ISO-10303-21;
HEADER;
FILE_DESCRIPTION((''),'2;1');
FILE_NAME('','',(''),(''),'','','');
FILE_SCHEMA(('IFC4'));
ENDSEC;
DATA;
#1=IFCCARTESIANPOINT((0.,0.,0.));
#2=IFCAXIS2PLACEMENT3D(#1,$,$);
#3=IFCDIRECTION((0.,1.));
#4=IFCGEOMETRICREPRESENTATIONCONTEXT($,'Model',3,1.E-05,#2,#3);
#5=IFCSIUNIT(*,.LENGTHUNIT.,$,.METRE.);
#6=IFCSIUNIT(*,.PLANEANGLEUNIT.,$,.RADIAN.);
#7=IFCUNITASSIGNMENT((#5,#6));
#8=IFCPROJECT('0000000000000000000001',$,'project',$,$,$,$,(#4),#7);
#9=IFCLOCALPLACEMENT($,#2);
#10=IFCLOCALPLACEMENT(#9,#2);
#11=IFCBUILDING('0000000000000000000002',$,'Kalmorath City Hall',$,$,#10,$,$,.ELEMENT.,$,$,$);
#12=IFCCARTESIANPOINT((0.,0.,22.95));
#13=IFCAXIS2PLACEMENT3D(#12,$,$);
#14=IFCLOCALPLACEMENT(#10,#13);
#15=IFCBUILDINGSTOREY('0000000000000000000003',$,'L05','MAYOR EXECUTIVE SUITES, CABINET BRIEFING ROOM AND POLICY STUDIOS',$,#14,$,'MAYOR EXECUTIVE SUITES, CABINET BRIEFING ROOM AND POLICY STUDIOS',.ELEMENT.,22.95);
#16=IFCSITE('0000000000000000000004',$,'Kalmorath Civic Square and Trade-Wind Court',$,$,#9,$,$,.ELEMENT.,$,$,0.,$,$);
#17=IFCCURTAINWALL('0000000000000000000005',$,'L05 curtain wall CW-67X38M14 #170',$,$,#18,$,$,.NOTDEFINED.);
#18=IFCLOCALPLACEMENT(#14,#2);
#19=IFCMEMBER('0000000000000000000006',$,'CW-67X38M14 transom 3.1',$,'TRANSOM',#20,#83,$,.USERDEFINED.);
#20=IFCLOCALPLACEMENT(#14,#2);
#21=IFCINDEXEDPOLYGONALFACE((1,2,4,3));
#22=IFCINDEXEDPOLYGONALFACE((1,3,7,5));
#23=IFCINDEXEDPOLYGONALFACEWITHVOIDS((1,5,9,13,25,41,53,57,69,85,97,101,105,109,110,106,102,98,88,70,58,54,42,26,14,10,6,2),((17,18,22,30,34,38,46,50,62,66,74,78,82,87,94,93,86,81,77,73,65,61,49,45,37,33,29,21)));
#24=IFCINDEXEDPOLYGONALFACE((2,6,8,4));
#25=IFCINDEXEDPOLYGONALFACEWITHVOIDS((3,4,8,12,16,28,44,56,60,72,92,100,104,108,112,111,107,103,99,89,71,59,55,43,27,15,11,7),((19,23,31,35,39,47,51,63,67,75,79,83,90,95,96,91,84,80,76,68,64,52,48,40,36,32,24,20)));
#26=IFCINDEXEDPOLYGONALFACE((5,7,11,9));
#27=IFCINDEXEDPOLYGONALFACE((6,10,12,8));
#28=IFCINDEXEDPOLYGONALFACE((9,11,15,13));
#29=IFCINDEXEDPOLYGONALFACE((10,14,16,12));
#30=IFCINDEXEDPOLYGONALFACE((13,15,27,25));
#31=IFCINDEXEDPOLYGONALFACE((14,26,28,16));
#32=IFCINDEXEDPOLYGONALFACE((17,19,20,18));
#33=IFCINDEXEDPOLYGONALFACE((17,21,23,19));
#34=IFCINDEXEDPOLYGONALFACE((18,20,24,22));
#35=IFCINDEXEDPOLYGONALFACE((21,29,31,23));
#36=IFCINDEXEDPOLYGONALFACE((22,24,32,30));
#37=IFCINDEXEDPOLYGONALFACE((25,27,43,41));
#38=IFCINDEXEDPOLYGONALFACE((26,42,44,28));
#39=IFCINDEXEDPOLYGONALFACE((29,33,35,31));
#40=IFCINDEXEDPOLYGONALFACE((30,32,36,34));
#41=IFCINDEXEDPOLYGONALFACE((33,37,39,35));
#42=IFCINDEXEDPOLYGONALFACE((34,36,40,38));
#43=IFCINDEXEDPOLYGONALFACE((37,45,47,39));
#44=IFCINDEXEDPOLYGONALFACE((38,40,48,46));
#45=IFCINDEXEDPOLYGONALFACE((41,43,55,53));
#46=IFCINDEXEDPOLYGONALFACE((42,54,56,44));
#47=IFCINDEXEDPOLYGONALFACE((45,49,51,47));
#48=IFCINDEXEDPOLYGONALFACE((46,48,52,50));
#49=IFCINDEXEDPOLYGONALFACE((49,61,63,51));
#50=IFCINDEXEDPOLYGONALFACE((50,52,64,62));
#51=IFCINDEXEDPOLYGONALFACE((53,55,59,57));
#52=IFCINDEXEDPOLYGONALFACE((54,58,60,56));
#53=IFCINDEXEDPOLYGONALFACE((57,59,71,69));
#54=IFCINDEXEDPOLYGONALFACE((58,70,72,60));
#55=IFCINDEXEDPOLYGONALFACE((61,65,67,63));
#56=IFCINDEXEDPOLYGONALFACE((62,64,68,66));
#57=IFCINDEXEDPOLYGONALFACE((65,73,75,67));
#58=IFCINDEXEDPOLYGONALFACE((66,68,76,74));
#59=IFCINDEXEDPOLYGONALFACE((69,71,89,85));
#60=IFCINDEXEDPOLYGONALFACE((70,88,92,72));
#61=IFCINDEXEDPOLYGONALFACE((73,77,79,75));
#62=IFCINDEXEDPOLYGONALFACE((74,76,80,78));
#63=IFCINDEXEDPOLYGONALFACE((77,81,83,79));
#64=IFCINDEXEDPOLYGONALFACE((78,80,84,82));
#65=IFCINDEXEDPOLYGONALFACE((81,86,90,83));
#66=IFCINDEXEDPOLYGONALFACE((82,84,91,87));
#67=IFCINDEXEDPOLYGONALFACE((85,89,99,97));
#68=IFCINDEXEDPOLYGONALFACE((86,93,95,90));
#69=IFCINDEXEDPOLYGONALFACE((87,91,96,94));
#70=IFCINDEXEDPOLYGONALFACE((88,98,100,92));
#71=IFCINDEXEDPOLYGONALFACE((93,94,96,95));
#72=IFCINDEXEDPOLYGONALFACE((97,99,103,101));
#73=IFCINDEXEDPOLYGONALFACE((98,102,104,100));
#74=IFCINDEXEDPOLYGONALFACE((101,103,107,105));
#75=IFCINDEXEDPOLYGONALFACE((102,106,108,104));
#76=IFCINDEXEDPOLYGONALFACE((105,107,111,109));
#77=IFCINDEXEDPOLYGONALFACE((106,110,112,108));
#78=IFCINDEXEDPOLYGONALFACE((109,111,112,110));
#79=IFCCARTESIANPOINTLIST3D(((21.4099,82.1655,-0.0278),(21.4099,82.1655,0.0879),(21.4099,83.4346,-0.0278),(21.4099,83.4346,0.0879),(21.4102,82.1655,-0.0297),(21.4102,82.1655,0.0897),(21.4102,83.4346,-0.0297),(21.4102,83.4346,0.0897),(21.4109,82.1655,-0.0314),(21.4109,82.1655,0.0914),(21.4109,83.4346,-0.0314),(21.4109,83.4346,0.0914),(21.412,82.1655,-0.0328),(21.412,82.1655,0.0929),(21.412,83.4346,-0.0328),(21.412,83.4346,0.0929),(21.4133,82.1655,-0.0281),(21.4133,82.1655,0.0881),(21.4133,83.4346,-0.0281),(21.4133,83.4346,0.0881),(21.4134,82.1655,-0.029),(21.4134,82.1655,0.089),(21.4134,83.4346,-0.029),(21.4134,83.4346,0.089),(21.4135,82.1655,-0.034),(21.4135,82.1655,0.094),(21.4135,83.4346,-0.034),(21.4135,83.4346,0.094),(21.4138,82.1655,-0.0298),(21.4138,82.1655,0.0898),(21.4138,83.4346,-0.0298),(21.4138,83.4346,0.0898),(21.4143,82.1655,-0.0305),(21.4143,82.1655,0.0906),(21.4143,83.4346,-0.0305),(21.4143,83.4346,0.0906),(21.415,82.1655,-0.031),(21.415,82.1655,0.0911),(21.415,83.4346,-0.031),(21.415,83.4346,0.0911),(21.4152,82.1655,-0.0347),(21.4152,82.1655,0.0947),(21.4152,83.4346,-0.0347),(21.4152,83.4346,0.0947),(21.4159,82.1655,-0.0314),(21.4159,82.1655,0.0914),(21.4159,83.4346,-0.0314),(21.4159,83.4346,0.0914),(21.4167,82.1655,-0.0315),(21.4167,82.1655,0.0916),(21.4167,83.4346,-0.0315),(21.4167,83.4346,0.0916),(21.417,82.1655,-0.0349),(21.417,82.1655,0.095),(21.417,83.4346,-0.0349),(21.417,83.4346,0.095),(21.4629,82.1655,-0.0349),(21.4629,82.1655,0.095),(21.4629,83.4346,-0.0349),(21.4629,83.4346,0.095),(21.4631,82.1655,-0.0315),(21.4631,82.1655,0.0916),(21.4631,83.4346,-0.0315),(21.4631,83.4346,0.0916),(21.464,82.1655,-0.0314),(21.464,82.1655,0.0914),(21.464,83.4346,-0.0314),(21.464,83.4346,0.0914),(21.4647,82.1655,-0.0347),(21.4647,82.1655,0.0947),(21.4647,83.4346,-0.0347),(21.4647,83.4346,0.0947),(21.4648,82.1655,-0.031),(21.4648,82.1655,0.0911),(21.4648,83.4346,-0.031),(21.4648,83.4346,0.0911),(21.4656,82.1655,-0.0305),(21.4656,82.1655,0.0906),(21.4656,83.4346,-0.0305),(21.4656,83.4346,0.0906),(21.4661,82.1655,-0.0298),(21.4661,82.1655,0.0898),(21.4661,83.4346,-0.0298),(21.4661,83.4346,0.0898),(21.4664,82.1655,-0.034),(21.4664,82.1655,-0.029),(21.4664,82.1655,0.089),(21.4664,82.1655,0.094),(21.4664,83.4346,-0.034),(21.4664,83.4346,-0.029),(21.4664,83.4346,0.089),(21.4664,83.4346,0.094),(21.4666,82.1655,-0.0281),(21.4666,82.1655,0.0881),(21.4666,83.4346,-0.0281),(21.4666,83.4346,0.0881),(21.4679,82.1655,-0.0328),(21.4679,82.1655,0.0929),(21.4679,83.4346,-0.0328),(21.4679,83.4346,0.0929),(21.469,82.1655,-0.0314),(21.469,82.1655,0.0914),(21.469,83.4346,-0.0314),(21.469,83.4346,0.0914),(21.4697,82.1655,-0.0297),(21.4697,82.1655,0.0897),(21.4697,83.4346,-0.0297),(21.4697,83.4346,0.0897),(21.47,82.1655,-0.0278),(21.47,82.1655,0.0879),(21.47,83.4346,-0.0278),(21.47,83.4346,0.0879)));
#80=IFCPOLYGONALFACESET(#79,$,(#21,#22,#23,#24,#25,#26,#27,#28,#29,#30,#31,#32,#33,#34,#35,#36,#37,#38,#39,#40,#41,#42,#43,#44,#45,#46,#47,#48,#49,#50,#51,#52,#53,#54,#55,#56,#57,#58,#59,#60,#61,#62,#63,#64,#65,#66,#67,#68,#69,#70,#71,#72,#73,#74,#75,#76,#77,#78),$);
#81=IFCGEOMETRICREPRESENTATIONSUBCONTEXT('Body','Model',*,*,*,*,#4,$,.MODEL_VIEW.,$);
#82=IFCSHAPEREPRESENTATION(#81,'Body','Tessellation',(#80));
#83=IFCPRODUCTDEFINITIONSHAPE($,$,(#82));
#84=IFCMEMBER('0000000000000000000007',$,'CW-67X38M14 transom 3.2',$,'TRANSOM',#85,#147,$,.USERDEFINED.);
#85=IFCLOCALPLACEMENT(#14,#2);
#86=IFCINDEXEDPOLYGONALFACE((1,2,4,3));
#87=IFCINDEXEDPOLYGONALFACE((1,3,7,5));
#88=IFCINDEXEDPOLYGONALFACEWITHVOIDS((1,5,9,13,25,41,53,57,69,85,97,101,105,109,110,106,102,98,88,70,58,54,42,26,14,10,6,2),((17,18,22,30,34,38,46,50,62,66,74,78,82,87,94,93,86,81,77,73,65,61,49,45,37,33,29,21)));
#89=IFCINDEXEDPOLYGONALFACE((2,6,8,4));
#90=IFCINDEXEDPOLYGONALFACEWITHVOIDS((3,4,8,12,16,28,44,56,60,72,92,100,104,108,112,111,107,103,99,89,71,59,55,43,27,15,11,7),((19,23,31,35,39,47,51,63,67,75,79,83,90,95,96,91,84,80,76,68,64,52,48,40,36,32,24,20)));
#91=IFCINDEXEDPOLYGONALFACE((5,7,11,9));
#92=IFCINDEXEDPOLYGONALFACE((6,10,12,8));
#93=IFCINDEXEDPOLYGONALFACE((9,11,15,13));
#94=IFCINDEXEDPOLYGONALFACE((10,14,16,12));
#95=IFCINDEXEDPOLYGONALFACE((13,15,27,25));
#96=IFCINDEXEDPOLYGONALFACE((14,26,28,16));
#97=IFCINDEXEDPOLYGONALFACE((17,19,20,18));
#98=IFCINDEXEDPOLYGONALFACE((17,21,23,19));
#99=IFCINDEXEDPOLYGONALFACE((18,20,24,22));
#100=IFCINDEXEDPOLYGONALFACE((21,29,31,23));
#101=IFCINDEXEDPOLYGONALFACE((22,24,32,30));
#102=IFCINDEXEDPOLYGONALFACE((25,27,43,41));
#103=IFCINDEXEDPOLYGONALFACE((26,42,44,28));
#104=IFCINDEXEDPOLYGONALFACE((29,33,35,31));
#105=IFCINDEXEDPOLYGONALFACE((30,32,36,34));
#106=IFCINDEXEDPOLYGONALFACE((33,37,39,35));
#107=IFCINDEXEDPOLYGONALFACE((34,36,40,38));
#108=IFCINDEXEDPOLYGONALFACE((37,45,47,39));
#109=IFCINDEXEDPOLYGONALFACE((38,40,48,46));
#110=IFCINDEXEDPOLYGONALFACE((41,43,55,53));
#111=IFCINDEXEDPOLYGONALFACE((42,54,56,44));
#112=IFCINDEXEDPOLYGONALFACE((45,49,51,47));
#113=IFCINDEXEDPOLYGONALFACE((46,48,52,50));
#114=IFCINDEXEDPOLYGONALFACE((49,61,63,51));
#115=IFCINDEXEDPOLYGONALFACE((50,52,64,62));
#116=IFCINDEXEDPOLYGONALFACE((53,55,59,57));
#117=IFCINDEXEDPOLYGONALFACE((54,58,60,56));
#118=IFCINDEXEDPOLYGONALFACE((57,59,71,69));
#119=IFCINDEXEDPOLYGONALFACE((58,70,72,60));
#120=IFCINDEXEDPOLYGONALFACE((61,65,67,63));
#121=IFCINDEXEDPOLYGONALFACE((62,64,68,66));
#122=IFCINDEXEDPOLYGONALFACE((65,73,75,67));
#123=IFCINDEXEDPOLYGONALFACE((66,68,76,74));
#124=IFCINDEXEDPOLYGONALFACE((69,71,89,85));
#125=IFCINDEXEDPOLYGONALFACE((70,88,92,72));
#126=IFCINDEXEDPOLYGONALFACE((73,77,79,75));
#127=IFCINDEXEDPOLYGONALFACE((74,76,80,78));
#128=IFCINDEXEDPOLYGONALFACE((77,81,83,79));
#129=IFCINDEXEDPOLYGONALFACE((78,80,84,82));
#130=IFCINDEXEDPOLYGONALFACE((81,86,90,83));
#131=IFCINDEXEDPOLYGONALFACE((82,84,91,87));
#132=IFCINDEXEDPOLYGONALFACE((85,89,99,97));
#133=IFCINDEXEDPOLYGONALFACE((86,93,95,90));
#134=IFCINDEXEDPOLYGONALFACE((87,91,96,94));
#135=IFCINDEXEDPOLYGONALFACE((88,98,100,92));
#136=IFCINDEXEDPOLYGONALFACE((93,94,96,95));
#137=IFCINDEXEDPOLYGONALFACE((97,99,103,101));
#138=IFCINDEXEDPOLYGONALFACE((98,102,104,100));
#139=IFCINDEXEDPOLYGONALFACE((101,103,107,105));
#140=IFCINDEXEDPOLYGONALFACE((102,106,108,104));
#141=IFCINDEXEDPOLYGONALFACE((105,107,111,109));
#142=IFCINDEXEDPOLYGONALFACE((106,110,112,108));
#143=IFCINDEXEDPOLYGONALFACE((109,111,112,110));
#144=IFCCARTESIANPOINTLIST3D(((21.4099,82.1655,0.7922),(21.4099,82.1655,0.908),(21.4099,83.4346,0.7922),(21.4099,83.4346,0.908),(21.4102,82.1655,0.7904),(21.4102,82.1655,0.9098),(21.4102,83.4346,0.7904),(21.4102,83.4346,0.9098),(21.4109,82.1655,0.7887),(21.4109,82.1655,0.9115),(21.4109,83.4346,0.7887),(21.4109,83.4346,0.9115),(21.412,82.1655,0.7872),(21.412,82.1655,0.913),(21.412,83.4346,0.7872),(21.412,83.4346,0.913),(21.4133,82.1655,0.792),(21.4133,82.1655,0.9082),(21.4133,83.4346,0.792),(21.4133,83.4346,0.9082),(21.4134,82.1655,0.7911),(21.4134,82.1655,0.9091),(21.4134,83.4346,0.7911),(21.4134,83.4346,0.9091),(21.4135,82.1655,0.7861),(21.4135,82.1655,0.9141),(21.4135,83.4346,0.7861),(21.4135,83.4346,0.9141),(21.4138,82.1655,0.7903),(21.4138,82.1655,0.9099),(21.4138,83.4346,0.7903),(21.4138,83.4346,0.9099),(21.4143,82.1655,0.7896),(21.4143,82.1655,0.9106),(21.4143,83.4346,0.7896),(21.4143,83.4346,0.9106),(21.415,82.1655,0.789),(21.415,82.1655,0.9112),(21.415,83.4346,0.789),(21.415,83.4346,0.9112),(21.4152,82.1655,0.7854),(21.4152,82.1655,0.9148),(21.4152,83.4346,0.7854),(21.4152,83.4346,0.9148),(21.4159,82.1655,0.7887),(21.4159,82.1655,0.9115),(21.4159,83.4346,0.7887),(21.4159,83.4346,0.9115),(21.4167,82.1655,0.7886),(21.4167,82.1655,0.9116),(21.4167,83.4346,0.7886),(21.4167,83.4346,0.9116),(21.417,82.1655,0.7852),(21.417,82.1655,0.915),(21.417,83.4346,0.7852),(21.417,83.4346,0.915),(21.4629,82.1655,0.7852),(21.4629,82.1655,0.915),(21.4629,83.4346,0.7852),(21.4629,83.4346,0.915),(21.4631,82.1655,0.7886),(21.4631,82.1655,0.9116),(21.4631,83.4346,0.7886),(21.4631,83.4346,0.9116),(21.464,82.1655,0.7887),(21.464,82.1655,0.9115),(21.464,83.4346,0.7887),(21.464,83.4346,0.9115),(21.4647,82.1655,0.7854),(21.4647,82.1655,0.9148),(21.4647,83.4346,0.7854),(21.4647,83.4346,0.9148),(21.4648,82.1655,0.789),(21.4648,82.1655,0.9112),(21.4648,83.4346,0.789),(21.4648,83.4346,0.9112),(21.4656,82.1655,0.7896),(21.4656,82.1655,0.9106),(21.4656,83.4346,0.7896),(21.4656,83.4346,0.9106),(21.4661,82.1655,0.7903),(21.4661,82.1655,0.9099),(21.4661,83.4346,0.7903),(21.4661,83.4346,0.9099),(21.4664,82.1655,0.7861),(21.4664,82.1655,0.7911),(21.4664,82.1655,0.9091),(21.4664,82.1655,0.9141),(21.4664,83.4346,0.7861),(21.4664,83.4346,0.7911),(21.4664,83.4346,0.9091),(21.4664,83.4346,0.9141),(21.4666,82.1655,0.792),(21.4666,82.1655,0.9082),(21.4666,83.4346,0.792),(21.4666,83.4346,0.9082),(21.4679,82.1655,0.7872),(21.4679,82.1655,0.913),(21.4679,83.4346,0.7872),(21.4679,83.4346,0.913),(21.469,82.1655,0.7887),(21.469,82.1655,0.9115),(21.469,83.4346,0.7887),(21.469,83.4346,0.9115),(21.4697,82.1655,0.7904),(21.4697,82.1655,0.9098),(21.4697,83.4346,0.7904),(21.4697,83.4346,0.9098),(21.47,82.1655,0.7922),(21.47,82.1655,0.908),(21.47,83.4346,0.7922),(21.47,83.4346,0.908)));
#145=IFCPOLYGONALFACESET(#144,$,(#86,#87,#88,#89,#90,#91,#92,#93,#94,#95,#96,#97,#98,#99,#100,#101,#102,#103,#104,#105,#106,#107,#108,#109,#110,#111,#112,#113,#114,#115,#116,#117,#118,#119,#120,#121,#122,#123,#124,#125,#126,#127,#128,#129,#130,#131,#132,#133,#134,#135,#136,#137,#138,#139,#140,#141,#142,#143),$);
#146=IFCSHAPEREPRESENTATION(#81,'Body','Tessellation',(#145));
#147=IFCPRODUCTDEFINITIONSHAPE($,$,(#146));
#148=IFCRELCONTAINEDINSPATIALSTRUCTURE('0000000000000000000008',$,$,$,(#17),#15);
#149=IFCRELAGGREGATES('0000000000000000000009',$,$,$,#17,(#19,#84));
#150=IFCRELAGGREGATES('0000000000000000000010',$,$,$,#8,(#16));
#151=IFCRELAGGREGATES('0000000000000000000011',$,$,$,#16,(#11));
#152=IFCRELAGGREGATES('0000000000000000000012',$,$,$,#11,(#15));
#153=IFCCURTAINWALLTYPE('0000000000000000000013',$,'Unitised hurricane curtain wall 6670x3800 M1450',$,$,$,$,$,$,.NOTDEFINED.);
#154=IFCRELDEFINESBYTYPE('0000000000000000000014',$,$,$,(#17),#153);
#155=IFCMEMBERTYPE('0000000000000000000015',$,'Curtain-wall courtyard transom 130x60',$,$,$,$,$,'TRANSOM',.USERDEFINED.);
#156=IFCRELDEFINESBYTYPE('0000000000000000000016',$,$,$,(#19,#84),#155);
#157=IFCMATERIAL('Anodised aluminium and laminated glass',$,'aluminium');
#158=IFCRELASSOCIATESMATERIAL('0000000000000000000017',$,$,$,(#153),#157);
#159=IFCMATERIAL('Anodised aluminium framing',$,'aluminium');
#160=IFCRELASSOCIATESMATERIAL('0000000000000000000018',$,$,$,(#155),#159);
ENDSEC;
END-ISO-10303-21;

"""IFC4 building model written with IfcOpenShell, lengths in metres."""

from ifc_helpers import new_model, si_unit, direction, frame, origin, origin_2d, place, context, subcontext, project, spatial, hollow_rectangle, extrude, material, material_profile, profile_set, type_object, element, aggregate, save


model = new_model("IFC4")

# Units and contexts
model_context = context("Model", 3, precision=1e-05, world=origin(), true_north=direction((0.0, 1.0)))
body_context = subcontext(model_context, "Body", "Model", "MODEL_VIEW")
ifc_project = project(units=[si_unit("LENGTHUNIT", "METRE"), si_unit("PLANEANGLEUNIT", "RADIAN")], contexts=[model_context])

# Site, building, storey
site_placement = place(None, origin())
site = spatial("IfcSite", under=ifc_project, at=site_placement, Name="Kalmorath Civic Square and Trade-Wind Court", CompositionType="ELEMENT", RefElevation=0.0)
building_placement = place(site_placement, origin())
building = spatial("IfcBuilding", under=site, at=building_placement, Name="Kalmorath City Hall", CompositionType="ELEMENT")
storey_placement = place(building_placement, frame((0.0, 0.0, 22.95)))
storey = spatial("IfcBuildingStorey", under=building, at=storey_placement, Name="L05", Description="MAYOR EXECUTIVE SUITES, CABINET BRIEFING ROOM AND POLICY STUDIOS", LongName="MAYOR EXECUTIVE SUITES, CABINET BRIEFING ROOM AND POLICY STUDIOS", CompositionType="ELEMENT", Elevation=22.95)

# Curtain wall, members
ifc_material_1 = material(Name="Anodised aluminium and laminated glass", Category="aluminium")
curtain_wall_type = type_object("IfcCurtainWallType", Name="Unitised hurricane curtain wall 6670x3800 M1450", PredefinedType="NOTDEFINED", material=ifc_material_1)
curtain_wall_placement = place(storey_placement, origin())
curtain_wall = element("IfcCurtainWall", 1, at=curtain_wall_placement, inside=storey, type_object=curtain_wall_type, Name="L05 curtain wall CW-67X38M14 #170", PredefinedType="NOTDEFINED")
ifc_material_2 = material(Name="Anodised aluminium framing", Category="aluminium")
ifc_material_profile_1 = material_profile(ifc_material_2, hollow_rectangle(XDim=0.0601, YDim=0.1299, WallThickness=0.0034, InnerFilletRadius=0.0034, OuterFilletRadius=0.0071, at=origin_2d()), Name="ALU-TRN-130X60X3.5")
ifc_profile_set_1 = profile_set([ifc_material_profile_1], Name="Anodised aluminium framing")
member_type_1 = type_object("IfcMemberType", Name="Curtain-wall courtyard transom 130x60", ElementType="TRANSOM", PredefinedType="USERDEFINED", material=ifc_profile_set_1)
member_1_placement = place(storey_placement, frame((21.4399, 83.4346, 0.03), z_axis=(0.0, -1.0, 0.0), x_axis=(1.0, 0.0, 0.0)))
member_1 = element("IfcMember", 2, at=member_1_placement, type_object=member_type_1, Name="CW-67X38M14 transom 3.1", ObjectType="TRANSOM", PredefinedType="USERDEFINED", context=body_context, shape_type="SweptSolid", body=[
    extrude(hollow_rectangle(XDim=0.0601, YDim=0.1299, WallThickness=0.0034, InnerFilletRadius=0.0034, OuterFilletRadius=0.0071, at=origin_2d()), origin(), (0.0, 0.0, 1.0), 1.269),
])
member_2_placement = place(storey_placement, frame((21.4399, 83.4346, 0.8501), z_axis=(0.0, -1.0, 0.0), x_axis=(1.0, 0.0, 0.0)))
member_2 = element("IfcMember", 3, at=member_2_placement, type_object=member_type_1, Name="CW-67X38M14 transom 3.2", ObjectType="TRANSOM", PredefinedType="USERDEFINED", context=body_context, shape_type="SweptSolid", body=[
    extrude(hollow_rectangle(XDim=0.0601, YDim=0.1299, WallThickness=0.0034, InnerFilletRadius=0.0034, OuterFilletRadius=0.0071, at=origin_2d()), origin(), (0.0, 0.0, 1.0), 1.269),
])
aggregate(curtain_wall, [member_1, member_2])

save(model, "model.ifc")
